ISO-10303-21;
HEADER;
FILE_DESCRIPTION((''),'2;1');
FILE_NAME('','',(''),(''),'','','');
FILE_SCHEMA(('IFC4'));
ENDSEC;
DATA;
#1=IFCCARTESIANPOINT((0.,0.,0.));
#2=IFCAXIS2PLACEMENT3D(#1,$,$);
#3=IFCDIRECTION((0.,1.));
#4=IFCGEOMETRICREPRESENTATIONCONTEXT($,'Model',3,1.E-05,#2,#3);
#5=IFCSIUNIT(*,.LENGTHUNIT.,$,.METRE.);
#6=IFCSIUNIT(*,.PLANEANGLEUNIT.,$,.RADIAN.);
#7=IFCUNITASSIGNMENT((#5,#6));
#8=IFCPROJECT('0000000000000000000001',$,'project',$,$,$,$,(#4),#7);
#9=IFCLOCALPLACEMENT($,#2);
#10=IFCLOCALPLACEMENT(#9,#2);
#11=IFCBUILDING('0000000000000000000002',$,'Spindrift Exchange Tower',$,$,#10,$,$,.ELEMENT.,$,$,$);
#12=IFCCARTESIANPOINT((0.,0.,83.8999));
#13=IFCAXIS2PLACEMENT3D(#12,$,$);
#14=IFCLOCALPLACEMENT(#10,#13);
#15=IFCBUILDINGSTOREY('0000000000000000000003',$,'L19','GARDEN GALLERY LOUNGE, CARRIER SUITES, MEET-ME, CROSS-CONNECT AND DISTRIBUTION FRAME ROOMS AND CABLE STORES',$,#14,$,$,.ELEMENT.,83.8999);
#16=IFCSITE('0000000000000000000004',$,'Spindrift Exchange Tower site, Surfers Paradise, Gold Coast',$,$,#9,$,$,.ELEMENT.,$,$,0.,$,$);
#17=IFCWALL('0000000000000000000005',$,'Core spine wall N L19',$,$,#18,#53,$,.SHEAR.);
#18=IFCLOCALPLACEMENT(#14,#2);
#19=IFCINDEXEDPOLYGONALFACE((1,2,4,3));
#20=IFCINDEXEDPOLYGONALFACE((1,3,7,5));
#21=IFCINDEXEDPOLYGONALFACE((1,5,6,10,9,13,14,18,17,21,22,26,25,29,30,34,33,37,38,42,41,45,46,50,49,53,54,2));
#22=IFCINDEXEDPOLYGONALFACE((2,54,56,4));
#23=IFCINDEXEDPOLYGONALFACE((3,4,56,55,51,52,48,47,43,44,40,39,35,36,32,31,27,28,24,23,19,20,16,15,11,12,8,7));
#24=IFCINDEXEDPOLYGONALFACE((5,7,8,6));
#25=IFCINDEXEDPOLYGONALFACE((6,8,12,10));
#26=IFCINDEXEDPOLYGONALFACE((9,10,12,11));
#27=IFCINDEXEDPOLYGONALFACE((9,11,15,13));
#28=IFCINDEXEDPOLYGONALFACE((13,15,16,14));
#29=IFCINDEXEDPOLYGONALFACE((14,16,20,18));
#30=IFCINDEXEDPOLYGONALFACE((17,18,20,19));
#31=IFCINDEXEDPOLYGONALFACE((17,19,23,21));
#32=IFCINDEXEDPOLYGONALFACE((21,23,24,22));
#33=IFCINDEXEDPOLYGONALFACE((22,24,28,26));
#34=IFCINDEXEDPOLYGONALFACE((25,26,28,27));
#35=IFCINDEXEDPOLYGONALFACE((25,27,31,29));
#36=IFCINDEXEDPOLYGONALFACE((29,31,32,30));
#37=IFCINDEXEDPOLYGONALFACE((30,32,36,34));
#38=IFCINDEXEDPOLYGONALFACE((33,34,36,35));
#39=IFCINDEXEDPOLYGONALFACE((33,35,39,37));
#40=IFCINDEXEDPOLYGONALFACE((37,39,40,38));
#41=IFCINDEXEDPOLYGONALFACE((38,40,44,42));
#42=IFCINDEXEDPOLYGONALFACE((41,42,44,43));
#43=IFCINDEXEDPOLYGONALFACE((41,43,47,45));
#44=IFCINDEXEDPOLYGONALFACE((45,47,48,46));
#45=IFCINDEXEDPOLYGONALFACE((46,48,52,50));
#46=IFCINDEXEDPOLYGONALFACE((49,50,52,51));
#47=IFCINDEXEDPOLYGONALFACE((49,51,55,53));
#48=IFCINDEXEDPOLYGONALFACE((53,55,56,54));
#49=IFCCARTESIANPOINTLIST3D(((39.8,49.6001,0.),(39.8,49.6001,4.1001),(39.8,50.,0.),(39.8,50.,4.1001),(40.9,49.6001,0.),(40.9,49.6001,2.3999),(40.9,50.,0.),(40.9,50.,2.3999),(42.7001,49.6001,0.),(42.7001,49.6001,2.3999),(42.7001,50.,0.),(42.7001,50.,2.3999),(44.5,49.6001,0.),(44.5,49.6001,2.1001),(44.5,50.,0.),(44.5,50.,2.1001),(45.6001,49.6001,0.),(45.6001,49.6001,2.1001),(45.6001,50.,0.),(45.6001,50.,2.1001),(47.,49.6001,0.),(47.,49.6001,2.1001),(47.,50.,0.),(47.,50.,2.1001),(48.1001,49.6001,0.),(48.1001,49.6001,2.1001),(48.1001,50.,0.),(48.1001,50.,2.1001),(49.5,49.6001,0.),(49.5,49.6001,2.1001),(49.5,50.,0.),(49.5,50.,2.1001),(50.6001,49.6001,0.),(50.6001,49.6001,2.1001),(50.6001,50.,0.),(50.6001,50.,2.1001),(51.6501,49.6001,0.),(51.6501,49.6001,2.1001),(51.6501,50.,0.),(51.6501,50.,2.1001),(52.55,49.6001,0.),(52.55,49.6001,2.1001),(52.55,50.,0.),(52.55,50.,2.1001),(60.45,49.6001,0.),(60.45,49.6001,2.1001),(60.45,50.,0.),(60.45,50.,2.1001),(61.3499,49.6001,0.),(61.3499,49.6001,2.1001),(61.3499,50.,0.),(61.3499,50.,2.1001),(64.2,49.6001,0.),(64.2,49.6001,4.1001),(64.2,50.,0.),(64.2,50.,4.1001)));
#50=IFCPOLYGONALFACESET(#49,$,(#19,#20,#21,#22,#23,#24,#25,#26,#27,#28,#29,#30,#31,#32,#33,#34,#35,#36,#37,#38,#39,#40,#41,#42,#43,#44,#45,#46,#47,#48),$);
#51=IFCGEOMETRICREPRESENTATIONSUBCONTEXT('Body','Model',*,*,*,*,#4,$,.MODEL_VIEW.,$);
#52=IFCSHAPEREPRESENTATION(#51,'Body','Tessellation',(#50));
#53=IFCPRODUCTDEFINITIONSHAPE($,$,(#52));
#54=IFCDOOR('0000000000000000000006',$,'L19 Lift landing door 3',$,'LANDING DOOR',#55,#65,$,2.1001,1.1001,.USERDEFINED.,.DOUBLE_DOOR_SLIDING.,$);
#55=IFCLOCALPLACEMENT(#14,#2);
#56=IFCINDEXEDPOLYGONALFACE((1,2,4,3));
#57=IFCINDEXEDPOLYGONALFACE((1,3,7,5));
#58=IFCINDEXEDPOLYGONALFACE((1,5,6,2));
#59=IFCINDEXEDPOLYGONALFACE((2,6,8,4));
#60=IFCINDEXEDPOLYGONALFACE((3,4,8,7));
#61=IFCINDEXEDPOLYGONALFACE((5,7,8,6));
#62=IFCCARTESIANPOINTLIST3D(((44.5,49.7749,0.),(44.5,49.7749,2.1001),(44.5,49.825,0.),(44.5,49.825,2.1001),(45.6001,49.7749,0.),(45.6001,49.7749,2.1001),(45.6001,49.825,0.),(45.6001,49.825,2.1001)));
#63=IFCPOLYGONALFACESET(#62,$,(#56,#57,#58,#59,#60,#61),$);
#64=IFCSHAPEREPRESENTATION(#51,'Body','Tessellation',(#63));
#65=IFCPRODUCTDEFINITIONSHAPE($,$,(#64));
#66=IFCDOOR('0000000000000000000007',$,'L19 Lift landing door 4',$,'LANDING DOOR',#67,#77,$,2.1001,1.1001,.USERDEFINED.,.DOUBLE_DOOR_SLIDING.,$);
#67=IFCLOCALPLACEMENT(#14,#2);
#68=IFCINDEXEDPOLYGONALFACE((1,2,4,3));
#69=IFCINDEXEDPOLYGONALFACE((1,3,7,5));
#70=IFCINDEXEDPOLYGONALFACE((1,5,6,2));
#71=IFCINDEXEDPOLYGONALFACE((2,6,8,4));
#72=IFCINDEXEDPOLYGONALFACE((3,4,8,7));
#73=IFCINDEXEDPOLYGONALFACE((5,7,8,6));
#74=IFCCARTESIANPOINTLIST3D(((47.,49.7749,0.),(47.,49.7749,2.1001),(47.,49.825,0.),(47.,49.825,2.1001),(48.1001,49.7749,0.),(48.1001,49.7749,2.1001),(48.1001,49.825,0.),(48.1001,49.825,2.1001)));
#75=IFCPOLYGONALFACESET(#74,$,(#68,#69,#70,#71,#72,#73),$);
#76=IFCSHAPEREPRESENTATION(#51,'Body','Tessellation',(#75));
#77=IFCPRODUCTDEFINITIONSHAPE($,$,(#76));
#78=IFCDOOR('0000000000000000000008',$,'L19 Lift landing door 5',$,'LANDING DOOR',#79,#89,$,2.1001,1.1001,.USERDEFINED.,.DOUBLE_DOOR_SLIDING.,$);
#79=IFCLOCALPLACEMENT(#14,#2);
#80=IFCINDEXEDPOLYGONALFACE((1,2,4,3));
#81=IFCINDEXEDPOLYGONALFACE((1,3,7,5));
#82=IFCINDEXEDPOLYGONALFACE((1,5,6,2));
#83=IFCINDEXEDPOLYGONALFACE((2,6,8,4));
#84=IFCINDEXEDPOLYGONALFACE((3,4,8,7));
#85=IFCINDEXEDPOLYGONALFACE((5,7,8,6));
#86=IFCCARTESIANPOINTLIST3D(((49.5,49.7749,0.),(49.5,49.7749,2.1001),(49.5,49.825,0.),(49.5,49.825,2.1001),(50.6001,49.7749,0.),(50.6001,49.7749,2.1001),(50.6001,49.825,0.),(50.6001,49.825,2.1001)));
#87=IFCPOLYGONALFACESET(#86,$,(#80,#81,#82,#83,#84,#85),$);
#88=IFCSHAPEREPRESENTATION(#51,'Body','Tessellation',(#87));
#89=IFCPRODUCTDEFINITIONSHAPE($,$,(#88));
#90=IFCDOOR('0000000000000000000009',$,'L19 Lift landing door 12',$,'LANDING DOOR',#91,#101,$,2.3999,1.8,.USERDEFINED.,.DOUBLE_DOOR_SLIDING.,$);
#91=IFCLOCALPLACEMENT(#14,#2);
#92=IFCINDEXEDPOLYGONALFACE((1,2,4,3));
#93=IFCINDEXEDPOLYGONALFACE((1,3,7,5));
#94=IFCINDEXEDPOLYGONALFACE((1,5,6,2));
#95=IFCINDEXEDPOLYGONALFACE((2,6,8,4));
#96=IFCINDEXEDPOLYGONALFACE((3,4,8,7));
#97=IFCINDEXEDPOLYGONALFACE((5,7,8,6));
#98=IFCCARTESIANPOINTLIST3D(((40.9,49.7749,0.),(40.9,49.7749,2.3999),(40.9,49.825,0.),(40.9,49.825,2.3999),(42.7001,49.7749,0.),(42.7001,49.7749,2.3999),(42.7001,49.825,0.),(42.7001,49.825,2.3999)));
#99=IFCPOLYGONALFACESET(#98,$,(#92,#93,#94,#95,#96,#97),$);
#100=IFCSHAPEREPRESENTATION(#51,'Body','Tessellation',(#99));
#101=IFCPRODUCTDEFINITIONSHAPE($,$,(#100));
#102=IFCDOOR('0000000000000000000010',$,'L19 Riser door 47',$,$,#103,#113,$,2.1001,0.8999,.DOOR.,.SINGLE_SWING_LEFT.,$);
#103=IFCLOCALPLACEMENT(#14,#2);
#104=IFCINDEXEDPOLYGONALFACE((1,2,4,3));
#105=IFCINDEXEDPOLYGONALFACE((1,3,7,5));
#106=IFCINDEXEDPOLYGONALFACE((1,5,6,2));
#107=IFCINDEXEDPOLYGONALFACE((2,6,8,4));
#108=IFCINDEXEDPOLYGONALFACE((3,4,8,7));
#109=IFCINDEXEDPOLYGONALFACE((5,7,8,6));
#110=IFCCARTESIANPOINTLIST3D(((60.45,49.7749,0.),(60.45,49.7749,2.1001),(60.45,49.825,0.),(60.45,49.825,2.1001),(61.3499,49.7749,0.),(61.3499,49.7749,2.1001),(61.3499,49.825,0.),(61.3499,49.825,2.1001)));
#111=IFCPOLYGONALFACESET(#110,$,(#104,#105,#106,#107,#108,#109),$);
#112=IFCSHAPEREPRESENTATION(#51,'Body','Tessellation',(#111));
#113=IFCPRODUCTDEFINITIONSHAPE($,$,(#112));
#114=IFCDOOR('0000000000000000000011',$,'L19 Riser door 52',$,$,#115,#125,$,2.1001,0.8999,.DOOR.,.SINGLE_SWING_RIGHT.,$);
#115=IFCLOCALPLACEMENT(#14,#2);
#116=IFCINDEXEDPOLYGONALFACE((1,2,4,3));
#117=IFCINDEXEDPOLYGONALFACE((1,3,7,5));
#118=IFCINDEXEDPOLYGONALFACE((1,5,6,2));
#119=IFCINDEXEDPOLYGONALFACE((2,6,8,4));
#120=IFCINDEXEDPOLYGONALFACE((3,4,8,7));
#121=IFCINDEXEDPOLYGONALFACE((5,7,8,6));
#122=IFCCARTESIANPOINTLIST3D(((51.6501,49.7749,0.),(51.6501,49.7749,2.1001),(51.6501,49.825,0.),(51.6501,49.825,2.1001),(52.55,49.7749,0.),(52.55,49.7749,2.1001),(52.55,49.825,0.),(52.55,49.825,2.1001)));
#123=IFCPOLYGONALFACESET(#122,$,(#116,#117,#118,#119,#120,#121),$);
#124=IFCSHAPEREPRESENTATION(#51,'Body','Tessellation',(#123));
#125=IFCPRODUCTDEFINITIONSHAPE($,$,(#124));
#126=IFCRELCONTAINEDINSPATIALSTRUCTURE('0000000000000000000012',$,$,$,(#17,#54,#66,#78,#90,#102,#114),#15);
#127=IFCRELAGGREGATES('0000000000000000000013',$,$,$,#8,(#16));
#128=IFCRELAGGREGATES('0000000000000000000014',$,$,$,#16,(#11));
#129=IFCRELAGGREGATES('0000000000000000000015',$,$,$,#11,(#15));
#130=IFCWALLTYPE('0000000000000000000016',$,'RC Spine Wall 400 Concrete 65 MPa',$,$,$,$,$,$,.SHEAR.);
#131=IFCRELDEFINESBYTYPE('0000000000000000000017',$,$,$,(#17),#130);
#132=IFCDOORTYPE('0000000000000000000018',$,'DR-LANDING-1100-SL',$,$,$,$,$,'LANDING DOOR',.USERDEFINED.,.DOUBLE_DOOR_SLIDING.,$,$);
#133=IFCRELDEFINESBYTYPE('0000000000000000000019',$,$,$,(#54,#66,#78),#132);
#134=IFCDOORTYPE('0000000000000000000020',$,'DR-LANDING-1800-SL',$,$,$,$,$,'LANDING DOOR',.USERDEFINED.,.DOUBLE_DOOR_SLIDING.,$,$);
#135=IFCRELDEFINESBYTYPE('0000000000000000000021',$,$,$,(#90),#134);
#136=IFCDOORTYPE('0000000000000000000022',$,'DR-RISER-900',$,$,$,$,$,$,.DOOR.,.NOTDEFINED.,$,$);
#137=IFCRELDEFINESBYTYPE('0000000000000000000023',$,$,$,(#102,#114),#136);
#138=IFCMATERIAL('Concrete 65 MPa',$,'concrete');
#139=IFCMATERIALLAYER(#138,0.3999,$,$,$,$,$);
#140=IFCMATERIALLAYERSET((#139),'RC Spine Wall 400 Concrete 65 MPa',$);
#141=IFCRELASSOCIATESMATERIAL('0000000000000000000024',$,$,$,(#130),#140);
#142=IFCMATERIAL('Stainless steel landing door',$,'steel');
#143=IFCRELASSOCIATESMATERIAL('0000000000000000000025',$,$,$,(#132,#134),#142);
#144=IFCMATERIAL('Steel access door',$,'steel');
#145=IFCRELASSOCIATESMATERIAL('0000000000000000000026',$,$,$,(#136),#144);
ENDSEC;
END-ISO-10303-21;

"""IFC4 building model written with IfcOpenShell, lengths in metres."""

from ifc_helpers import new_model, si_unit, direction, frame, frame_2d, origin, place, context, subcontext, project, spatial, rectangle, extrude, source, transform, mapped, material, layer, layer_set, type_object, element, fill, save


model = new_model("IFC4")

# Units and contexts
model_context = context("Model", 3, precision=1e-05, world=origin(), true_north=direction((0.0, 1.0)))
body_context = subcontext(model_context, "Body", "Model", "MODEL_VIEW")
ifc_project = project(units=[si_unit("LENGTHUNIT", "METRE"), si_unit("PLANEANGLEUNIT", "RADIAN")], contexts=[model_context])

# Site, building, storey
site_placement = place(None, origin())
site = spatial("IfcSite", under=ifc_project, at=site_placement, Name="Spindrift Exchange Tower site, Surfers Paradise, Gold Coast", CompositionType="ELEMENT", RefElevation=0.0)
building_placement = place(site_placement, origin())
building = spatial("IfcBuilding", under=site, at=building_placement, Name="Spindrift Exchange Tower", CompositionType="ELEMENT")
storey_placement = place(building_placement, frame((0.0, 0.0, 83.8999)))
storey = spatial("IfcBuildingStorey", under=building, at=storey_placement, Name="L19", Description="GARDEN GALLERY LOUNGE, CARRIER SUITES, MEET-ME, CROSS-CONNECT AND DISTRIBUTION FRAME ROOMS AND CABLE STORES", CompositionType="ELEMENT", Elevation=83.8999)

# Shared definitions
ifc_material_1 = material(Name="Concrete 65 MPa", Category="concrete")

# Wall, openings, doors
ifc_layer_1 = layer(ifc_material_1, 0.3999)
ifc_layer_set_1 = layer_set([ifc_layer_1], Name="RC Spine Wall 400 Concrete 65 MPa")
wall_type_1 = type_object("IfcWallType", Name="RC Spine Wall 400 Concrete 65 MPa", PredefinedType="SHEAR", material=ifc_layer_set_1)
wall_1_placement = place(storey_placement, frame((39.8, 49.8, 0.0), z_axis=(0.0, 0.0, 1.0), x_axis=(1.0, 0.0, 0.0)))
wall_1 = element("IfcWall", 1, at=wall_1_placement, inside=storey, type_object=wall_type_1, Name="Core spine wall N L19", PredefinedType="SHEAR", context=body_context, shape_type="SweptSolid", body=[
    extrude(rectangle(XDim=24.3999, YDim=0.3999, at=frame_2d((12.2, 0.0))), origin(), (0.0, 0.0, 1.0), 4.1001),
])
opening_1_placement = place(wall_1_placement, frame((4.7, 0.0, 0.0)))
opening_1 = element("IfcOpeningElement", 2, at=opening_1_placement, cuts=wall_1, PredefinedType="OPENING", context=body_context, shape_type="SweptSolid", body=[
    extrude(rectangle(XDim=1.1001, YDim=2.1001, at=frame_2d((0.55, 1.05))), frame((0.0, 0.21, 0.0), z_axis=(0.0, -1.0, 0.0), x_axis=(1.0, 0.0, 0.0)), (0.0, 0.0, 1.0), 0.4199),
])
opening_2_placement = place(wall_1_placement, frame((7.2, 0.0, 0.0)))
opening_2 = element("IfcOpeningElement", 3, at=opening_2_placement, cuts=wall_1, PredefinedType="OPENING", context=body_context, shape_type="SweptSolid", body=[
    extrude(rectangle(XDim=1.1001, YDim=2.1001, at=frame_2d((0.55, 1.05))), frame((0.0, 0.21, 0.0), z_axis=(0.0, -1.0, 0.0), x_axis=(1.0, 0.0, 0.0)), (0.0, 0.0, 1.0), 0.4199),
])
opening_3_placement = place(wall_1_placement, frame((9.7, 0.0, 0.0)))
opening_3 = element("IfcOpeningElement", 4, at=opening_3_placement, cuts=wall_1, PredefinedType="OPENING", context=body_context, shape_type="SweptSolid", body=[
    extrude(rectangle(XDim=1.1001, YDim=2.1001, at=frame_2d((0.55, 1.05))), frame((0.0, 0.21, 0.0), z_axis=(0.0, -1.0, 0.0), x_axis=(1.0, 0.0, 0.0)), (0.0, 0.0, 1.0), 0.4199),
])
opening_4_placement = place(wall_1_placement, frame((1.1001, 0.0, 0.0)))
opening_4 = element("IfcOpeningElement", 5, at=opening_4_placement, cuts=wall_1, PredefinedType="OPENING", context=body_context, shape_type="SweptSolid", body=[
    extrude(rectangle(XDim=1.8, YDim=2.3999, at=frame_2d((0.8999, 1.2))), frame((0.0, 0.21, 0.0), z_axis=(0.0, -1.0, 0.0), x_axis=(1.0, 0.0, 0.0)), (0.0, 0.0, 1.0), 0.4199),
])
opening_5_placement = place(wall_1_placement, frame((20.6499, 0.0, 0.0)))
opening_5 = element("IfcOpeningElement", 6, at=opening_5_placement, cuts=wall_1, PredefinedType="OPENING", context=body_context, shape_type="SweptSolid", body=[
    extrude(rectangle(XDim=0.8999, YDim=2.1001, at=frame_2d((0.45, 1.05))), frame((0.0, 0.21, 0.0), z_axis=(0.0, -1.0, 0.0), x_axis=(1.0, 0.0, 0.0)), (0.0, 0.0, 1.0), 0.4199),
])
opening_6_placement = place(wall_1_placement, frame((11.8501, 0.0, 0.0)))
opening_6 = element("IfcOpeningElement", 7, at=opening_6_placement, cuts=wall_1, PredefinedType="OPENING", context=body_context, shape_type="SweptSolid", body=[
    extrude(rectangle(XDim=0.8999, YDim=2.1001, at=frame_2d((0.45, 1.05))), frame((0.0, 0.21, 0.0), z_axis=(0.0, -1.0, 0.0), x_axis=(1.0, 0.0, 0.0)), (0.0, 0.0, 1.0), 0.4199),
])
ifc_material_2 = material(Name="Stainless steel landing door", Category="steel")
door_type_1 = type_object("IfcDoorType", Name="DR-LANDING-1100-SL", ElementType="LANDING DOOR", OperationType="DOUBLE_DOOR_SLIDING", PredefinedType="USERDEFINED", material=ifc_material_2)
shared_shape_1 = source(origin(), body_context, "Body", "SweptSolid", [
    extrude(rectangle(XDim=1.1001, YDim=2.1001, at=frame_2d((0.55, 1.05))), frame((0.0, 0.0249, 0.0), z_axis=(0.0, -1.0, 0.0), x_axis=(1.0, 0.0, 0.0)), (0.0, 0.0, 1.0), 0.05),
])
door_1_placement = place(opening_1_placement, origin())
door_1 = element("IfcDoor", 8, at=door_1_placement, inside=storey, type_object=door_type_1, Name="L19 Lift landing door 3", ObjectType="LANDING DOOR", OperationType="DOUBLE_DOOR_SLIDING", OverallHeight=2.1001, OverallWidth=1.1001, PredefinedType="USERDEFINED", context=body_context, shape_type="MappedRepresentation", body=[
    mapped(shared_shape_1, transform((0.0, 0.0, 0.0), scale=1.0)),
])
fill(opening_1, door_1)
door_2_placement = place(opening_2_placement, origin())
door_2 = element("IfcDoor", 9, at=door_2_placement, inside=storey, type_object=door_type_1, Name="L19 Lift landing door 4", ObjectType="LANDING DOOR", OperationType="DOUBLE_DOOR_SLIDING", OverallHeight=2.1001, OverallWidth=1.1001, PredefinedType="USERDEFINED", context=body_context, shape_type="MappedRepresentation", body=[
    mapped(shared_shape_1, transform((0.0, 0.0, 0.0), scale=1.0)),
])
fill(opening_2, door_2)
door_3_placement = place(opening_3_placement, origin())
door_3 = element("IfcDoor", 10, at=door_3_placement, inside=storey, type_object=door_type_1, Name="L19 Lift landing door 5", ObjectType="LANDING DOOR", OperationType="DOUBLE_DOOR_SLIDING", OverallHeight=2.1001, OverallWidth=1.1001, PredefinedType="USERDEFINED", context=body_context, shape_type="MappedRepresentation", body=[
    mapped(shared_shape_1, transform((0.0, 0.0, 0.0), scale=1.0)),
])
fill(opening_3, door_3)
door_type_2 = type_object("IfcDoorType", Name="DR-LANDING-1800-SL", ElementType="LANDING DOOR", OperationType="DOUBLE_DOOR_SLIDING", PredefinedType="USERDEFINED", material=ifc_material_2)
shared_shape_2 = source(origin(), body_context, "Body", "SweptSolid", [
    extrude(rectangle(XDim=1.8, YDim=2.3999, at=frame_2d((0.8999, 1.2))), frame((0.0, 0.0249, 0.0), z_axis=(0.0, -1.0, 0.0), x_axis=(1.0, 0.0, 0.0)), (0.0, 0.0, 1.0), 0.05),
])
door_4_placement = place(opening_4_placement, origin())
door_4 = element("IfcDoor", 11, at=door_4_placement, inside=storey, type_object=door_type_2, Name="L19 Lift landing door 12", ObjectType="LANDING DOOR", OperationType="DOUBLE_DOOR_SLIDING", OverallHeight=2.3999, OverallWidth=1.8, PredefinedType="USERDEFINED", context=body_context, shape_type="MappedRepresentation", body=[
    mapped(shared_shape_2, transform((0.0, 0.0, 0.0), scale=1.0)),
])
fill(opening_4, door_4)
ifc_material_3 = material(Name="Steel access door", Category="steel")
door_type_3 = type_object("IfcDoorType", Name="DR-RISER-900", OperationType="NOTDEFINED", PredefinedType="DOOR", material=ifc_material_3)
shared_shape_3 = source(origin(), body_context, "Body", "SweptSolid", [
    extrude(rectangle(XDim=0.8999, YDim=2.1001, at=frame_2d((0.45, 1.05))), frame((0.0, 0.0249, 0.0), z_axis=(0.0, -1.0, 0.0), x_axis=(1.0, 0.0, 0.0)), (0.0, 0.0, 1.0), 0.05),
])
door_5_placement = place(opening_5_placement, origin())
door_5 = element("IfcDoor", 12, at=door_5_placement, inside=storey, type_object=door_type_3, Name="L19 Riser door 47", OperationType="SINGLE_SWING_LEFT", OverallHeight=2.1001, OverallWidth=0.8999, PredefinedType="DOOR", context=body_context, shape_type="MappedRepresentation", body=[
    mapped(shared_shape_3, transform((0.0, 0.0, 0.0), scale=1.0)),
])
fill(opening_5, door_5)
door_6_placement = place(opening_6_placement, origin())
door_6 = element("IfcDoor", 13, at=door_6_placement, inside=storey, type_object=door_type_3, Name="L19 Riser door 52", OperationType="SINGLE_SWING_RIGHT", OverallHeight=2.1001, OverallWidth=0.8999, PredefinedType="DOOR", context=body_context, shape_type="MappedRepresentation", body=[
    mapped(shared_shape_3, transform((0.0, 0.0, 0.0), scale=1.0)),
])
fill(opening_6, door_6)

save(model, "model.ifc")
